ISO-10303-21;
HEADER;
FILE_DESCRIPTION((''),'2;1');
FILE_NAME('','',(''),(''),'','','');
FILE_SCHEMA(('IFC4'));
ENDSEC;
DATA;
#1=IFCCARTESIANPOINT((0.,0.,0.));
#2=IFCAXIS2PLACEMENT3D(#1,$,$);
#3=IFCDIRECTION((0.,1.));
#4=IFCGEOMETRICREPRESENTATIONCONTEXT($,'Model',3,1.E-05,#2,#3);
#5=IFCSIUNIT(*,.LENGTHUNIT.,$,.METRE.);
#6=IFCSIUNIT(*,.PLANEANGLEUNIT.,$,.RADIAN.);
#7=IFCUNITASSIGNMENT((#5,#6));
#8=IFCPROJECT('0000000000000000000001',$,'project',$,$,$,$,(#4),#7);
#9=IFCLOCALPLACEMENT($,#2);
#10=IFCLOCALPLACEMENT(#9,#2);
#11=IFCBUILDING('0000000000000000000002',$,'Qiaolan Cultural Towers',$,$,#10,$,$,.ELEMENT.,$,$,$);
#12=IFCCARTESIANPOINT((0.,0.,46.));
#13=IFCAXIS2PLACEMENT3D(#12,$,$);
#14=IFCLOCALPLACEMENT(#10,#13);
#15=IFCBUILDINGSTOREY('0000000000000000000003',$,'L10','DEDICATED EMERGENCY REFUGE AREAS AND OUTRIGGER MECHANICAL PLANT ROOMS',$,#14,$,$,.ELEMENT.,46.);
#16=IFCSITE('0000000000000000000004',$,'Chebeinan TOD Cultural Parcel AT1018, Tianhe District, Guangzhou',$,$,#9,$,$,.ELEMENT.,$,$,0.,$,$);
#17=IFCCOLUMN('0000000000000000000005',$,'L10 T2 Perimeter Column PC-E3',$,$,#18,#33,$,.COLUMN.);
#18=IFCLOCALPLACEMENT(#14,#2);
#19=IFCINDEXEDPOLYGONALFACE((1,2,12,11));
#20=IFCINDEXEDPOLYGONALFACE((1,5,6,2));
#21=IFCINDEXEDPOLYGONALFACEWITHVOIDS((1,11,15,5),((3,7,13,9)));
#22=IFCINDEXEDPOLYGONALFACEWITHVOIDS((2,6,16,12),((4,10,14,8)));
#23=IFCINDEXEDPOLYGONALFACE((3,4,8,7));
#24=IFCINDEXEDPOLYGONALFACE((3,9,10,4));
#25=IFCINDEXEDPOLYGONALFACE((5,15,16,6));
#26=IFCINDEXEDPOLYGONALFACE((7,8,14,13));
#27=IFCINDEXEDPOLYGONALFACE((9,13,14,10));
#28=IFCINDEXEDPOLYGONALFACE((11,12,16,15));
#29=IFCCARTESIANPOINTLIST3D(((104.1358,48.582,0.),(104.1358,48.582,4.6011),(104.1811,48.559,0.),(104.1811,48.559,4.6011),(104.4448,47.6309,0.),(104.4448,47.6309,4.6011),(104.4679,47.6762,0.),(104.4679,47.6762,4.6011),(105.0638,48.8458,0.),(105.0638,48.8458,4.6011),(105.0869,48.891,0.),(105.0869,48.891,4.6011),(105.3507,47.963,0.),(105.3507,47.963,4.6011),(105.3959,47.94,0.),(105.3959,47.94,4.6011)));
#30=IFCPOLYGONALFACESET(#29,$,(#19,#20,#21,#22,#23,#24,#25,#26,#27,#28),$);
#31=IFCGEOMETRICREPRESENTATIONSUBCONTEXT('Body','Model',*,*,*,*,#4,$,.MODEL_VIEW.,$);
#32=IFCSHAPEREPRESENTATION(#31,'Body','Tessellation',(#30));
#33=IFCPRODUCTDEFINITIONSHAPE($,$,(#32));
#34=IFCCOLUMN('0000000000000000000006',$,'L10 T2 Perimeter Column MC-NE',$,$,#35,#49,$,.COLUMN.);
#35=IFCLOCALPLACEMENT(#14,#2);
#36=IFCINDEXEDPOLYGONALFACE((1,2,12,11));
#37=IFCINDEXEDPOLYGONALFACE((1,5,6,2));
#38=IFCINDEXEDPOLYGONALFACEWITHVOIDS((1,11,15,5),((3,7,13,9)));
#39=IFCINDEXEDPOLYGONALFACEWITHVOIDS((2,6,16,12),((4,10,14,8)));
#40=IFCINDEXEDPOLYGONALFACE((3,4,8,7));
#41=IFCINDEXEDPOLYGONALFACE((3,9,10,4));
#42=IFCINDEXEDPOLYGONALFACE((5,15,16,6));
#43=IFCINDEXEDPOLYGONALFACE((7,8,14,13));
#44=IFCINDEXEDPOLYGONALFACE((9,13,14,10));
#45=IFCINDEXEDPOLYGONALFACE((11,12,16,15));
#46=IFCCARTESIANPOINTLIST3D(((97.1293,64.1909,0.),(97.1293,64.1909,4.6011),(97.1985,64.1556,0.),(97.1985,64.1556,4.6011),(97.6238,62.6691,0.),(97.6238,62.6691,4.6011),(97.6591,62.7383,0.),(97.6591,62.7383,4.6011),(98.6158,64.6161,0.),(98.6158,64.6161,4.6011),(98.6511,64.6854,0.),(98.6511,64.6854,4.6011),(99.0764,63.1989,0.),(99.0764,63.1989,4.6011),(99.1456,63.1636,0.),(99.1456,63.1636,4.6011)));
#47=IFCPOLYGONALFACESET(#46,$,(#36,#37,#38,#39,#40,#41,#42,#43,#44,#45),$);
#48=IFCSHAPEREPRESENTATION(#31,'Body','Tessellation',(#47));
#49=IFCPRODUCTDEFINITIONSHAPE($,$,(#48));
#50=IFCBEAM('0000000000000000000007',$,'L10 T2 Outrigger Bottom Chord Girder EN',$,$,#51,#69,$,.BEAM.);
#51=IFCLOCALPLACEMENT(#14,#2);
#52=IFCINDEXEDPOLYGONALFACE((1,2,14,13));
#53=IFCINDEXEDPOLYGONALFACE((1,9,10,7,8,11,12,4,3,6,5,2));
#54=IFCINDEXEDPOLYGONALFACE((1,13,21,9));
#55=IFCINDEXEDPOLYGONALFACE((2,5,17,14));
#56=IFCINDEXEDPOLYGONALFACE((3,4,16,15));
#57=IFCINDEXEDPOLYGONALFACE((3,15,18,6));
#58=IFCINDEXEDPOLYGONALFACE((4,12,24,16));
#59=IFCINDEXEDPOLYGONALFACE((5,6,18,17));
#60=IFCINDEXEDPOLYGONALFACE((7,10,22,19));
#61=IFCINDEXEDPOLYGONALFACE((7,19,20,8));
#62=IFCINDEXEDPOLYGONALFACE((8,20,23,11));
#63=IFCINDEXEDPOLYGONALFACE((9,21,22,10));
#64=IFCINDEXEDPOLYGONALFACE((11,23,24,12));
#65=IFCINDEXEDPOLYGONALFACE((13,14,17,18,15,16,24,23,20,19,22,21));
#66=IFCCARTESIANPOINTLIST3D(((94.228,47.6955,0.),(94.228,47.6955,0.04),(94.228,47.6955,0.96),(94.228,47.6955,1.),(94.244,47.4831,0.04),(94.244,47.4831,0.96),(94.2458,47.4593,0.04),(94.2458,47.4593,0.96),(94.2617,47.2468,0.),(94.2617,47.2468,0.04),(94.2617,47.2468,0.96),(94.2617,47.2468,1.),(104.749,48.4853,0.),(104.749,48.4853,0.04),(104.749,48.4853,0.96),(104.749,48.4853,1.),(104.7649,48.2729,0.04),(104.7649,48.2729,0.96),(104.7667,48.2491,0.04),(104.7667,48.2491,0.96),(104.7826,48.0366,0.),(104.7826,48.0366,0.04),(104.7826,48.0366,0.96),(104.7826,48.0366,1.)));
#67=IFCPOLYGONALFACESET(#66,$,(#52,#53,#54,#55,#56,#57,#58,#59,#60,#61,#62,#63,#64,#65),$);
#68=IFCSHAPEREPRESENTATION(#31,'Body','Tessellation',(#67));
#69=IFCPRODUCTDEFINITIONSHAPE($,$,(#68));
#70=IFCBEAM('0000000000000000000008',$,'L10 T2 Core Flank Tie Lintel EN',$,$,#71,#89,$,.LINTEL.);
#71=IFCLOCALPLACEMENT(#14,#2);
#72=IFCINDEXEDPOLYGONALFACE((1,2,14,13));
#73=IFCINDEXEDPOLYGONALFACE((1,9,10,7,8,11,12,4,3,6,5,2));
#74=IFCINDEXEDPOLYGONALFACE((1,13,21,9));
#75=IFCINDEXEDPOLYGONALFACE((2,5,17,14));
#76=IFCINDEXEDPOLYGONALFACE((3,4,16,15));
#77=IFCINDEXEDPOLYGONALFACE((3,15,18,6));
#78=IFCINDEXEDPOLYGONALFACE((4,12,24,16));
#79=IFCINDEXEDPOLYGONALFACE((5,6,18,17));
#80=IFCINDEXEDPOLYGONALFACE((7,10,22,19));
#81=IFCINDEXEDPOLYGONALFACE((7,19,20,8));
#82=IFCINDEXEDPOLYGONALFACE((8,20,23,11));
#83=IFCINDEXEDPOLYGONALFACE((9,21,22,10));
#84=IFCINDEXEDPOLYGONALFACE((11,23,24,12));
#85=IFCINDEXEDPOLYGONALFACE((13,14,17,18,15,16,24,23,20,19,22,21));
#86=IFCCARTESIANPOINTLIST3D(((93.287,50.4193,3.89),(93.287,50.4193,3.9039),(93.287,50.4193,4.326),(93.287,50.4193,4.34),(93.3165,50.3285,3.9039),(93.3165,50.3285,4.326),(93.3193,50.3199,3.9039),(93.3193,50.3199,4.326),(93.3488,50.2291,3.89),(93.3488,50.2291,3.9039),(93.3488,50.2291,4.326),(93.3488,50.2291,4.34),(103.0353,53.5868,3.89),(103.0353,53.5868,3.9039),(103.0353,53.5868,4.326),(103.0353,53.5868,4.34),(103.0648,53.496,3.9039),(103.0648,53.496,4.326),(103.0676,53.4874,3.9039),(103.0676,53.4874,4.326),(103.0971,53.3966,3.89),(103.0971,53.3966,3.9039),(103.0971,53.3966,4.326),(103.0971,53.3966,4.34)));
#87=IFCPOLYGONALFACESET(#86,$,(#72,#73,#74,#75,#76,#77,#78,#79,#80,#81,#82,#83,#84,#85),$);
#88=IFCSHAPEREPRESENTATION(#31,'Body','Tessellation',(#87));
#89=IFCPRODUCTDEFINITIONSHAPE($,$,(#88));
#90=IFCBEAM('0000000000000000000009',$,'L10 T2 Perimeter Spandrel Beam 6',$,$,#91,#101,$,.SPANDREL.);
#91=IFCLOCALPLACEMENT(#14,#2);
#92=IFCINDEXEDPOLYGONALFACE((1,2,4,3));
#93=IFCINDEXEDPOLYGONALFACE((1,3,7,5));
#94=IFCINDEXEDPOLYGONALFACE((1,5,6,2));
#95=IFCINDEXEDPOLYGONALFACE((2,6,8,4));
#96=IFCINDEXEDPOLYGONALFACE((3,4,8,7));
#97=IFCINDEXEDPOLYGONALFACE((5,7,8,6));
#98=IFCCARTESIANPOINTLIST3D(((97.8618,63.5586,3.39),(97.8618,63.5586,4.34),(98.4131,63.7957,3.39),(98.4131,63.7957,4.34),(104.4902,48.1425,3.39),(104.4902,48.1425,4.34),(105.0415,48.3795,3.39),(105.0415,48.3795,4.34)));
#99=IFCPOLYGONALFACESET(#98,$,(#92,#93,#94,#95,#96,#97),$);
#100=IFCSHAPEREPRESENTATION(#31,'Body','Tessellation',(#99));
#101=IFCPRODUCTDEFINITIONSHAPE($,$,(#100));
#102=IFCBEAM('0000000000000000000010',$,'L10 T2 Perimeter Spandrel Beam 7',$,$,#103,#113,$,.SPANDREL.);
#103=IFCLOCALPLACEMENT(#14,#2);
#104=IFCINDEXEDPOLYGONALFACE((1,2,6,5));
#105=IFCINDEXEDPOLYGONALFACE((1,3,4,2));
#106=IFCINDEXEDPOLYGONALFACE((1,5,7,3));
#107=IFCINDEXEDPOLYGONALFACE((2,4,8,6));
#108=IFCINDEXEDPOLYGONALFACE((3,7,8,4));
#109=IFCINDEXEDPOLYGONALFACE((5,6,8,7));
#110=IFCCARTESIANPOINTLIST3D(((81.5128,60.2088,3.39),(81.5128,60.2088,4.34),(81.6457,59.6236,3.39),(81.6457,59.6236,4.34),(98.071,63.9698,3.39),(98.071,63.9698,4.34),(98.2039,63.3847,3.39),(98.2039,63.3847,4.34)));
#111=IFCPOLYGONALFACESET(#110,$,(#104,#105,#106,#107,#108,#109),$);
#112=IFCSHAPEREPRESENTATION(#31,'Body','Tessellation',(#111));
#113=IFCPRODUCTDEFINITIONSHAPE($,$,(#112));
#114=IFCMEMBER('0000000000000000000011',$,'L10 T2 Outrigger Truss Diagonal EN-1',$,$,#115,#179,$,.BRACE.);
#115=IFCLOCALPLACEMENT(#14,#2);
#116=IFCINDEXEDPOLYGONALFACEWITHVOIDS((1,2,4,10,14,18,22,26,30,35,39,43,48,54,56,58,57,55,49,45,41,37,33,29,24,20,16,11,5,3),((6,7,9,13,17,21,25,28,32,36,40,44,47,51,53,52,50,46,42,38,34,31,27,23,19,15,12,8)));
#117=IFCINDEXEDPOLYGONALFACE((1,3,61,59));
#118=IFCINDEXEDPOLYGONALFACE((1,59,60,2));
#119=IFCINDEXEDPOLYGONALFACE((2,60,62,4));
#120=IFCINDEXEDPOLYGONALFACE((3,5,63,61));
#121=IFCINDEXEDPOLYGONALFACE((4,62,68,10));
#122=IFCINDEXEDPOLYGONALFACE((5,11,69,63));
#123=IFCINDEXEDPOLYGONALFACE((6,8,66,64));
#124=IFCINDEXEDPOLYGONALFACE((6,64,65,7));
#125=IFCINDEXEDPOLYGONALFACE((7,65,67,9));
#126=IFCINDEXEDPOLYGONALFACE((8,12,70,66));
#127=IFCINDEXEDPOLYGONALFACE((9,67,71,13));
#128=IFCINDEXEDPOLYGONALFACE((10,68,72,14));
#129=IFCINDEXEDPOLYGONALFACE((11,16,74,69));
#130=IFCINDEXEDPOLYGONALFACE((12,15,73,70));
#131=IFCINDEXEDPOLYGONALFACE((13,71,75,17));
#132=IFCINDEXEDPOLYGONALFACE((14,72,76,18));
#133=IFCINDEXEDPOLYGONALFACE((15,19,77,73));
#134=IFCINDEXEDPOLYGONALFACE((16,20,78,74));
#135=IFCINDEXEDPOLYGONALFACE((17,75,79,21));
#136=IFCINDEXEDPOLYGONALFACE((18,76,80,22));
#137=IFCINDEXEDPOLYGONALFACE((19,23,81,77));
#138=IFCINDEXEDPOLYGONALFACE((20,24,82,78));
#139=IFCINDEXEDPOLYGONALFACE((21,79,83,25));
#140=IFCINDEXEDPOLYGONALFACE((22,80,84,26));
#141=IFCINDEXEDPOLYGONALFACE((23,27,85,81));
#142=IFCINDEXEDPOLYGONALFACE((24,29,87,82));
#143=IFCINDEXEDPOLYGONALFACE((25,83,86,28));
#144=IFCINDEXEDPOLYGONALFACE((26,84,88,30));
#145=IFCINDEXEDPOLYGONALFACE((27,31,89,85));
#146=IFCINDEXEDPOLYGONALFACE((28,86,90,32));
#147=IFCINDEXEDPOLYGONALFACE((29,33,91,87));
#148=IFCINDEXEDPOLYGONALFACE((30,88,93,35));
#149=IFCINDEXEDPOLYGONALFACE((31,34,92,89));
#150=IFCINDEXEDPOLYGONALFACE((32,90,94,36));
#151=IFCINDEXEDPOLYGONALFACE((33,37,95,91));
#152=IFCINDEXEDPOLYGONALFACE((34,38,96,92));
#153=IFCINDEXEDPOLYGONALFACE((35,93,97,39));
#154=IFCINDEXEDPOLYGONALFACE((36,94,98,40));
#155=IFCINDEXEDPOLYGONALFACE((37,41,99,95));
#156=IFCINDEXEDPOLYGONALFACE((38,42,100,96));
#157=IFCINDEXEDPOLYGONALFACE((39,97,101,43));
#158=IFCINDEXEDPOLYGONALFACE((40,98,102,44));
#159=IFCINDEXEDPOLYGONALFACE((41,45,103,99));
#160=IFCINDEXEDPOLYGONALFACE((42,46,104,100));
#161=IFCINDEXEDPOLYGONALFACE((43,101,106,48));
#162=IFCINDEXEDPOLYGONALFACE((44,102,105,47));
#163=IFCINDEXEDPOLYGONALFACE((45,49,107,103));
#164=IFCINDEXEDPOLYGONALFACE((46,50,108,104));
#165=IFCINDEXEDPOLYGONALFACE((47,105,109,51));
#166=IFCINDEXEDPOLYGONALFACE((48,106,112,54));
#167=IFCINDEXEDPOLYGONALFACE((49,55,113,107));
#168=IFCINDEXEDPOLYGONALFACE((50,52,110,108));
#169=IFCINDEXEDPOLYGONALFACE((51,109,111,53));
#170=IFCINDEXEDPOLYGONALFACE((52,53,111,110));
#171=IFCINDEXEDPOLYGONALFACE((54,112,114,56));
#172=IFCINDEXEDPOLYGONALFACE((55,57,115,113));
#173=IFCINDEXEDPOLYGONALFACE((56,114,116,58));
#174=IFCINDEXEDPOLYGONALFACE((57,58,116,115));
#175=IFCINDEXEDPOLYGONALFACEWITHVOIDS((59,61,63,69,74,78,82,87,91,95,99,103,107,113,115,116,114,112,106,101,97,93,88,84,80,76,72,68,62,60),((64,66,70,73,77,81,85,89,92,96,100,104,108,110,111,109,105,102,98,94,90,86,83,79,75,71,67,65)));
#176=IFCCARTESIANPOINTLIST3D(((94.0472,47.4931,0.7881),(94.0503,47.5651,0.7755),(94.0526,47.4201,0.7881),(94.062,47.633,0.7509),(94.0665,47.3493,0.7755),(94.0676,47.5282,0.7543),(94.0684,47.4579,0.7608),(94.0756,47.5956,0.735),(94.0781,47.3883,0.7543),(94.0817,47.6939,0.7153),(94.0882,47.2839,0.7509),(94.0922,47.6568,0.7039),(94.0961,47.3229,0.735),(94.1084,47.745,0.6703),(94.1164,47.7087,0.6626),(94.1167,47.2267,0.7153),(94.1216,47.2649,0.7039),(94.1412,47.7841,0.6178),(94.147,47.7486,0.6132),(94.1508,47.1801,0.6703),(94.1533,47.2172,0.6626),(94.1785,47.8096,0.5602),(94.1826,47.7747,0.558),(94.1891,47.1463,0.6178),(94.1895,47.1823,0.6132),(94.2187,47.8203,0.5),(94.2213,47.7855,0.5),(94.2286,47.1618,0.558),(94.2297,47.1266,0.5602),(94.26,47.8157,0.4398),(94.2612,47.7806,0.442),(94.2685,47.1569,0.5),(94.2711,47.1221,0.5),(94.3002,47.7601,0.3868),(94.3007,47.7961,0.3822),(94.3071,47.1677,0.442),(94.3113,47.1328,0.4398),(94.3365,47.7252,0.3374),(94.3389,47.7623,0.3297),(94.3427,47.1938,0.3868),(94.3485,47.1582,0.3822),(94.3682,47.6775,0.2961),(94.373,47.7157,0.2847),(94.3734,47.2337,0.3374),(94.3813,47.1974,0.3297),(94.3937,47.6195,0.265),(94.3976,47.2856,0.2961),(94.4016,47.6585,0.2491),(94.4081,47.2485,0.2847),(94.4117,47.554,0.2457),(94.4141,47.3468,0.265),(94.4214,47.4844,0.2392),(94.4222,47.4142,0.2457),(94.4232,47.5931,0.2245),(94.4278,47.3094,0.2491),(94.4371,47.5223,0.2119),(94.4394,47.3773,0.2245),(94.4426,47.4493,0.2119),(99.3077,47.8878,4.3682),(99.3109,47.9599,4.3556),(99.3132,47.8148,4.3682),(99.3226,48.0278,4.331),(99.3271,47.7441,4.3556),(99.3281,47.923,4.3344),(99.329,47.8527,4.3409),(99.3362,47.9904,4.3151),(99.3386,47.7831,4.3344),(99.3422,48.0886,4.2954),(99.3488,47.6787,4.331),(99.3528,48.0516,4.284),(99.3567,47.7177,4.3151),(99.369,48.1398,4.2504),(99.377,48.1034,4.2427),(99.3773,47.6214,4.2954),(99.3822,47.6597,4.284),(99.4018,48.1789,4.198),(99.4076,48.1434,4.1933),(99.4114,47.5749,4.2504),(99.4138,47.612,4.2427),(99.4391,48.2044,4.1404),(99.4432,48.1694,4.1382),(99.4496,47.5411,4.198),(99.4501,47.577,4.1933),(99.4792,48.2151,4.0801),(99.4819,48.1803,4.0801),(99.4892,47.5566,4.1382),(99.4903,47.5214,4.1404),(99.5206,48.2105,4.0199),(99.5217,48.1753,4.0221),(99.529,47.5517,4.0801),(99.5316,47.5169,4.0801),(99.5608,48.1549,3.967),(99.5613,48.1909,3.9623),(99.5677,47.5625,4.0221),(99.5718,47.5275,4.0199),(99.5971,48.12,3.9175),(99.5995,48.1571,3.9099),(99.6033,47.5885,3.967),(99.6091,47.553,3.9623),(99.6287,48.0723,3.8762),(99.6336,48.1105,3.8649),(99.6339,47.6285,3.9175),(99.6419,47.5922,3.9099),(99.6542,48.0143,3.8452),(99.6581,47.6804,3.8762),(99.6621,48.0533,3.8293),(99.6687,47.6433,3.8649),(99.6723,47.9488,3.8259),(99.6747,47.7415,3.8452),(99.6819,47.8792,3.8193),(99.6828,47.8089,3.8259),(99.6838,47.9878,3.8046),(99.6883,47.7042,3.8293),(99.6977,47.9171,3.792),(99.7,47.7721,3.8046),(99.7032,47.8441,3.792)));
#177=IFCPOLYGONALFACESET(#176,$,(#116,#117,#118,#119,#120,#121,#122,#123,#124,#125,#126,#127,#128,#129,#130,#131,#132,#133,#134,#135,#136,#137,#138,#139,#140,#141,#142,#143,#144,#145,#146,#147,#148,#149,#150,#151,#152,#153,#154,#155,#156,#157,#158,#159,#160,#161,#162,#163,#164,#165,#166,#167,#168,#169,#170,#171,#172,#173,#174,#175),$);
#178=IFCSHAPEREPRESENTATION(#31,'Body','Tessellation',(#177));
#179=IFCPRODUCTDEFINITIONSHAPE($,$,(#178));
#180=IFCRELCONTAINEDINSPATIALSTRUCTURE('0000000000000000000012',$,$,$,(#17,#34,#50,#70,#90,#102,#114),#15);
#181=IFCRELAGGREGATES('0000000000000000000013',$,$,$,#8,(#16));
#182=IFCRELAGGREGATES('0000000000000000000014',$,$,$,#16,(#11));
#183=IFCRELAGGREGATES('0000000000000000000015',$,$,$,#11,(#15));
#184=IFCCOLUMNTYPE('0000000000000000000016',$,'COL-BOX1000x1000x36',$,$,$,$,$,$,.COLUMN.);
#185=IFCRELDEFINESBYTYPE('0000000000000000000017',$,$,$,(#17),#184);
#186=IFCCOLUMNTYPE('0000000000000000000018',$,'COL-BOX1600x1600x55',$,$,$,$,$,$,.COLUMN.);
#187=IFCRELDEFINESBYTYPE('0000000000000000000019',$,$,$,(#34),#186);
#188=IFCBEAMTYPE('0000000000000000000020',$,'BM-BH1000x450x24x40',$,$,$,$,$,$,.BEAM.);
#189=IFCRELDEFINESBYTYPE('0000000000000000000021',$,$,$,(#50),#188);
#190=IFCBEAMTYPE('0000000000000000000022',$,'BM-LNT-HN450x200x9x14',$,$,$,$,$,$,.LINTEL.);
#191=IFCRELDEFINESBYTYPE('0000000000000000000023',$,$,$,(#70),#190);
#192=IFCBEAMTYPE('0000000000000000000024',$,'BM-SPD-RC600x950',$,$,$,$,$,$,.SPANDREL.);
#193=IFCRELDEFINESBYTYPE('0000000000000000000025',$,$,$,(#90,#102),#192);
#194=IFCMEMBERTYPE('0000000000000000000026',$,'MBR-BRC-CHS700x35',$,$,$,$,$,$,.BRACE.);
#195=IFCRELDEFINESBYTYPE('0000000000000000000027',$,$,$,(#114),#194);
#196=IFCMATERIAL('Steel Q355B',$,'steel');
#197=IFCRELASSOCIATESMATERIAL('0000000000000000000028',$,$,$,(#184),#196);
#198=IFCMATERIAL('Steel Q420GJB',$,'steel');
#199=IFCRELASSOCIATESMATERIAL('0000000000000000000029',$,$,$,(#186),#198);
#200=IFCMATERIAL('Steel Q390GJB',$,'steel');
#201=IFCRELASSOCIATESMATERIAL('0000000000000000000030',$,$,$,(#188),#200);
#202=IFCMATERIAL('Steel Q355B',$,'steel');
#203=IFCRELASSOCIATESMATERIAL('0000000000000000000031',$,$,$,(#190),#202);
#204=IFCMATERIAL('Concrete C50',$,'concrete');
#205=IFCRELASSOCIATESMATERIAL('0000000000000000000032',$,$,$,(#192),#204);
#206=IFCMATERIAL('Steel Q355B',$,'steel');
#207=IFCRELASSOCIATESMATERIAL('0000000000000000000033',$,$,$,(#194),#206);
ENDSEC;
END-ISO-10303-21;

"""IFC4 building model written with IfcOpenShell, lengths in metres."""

from ifc_helpers import new_model, si_unit, direction, frame, origin, origin_2d, place, context, subcontext, project, spatial, rectangle, hollow_rectangle, hollow_circle, i_section, extrude, material, material_profile, profile_set, type_object, element, save


model = new_model("IFC4")

# Units and contexts
model_context = context("Model", 3, precision=1e-05, world=origin(), true_north=direction((0.0, 1.0)))
body_context = subcontext(model_context, "Body", "Model", "MODEL_VIEW")
ifc_project = project(units=[si_unit("LENGTHUNIT", "METRE"), si_unit("PLANEANGLEUNIT", "RADIAN")], contexts=[model_context])

# Site, building, storey
site_placement = place(None, origin())
site = spatial("IfcSite", under=ifc_project, at=site_placement, Name="Chebeinan TOD Cultural Parcel AT1018, Tianhe District, Guangzhou", CompositionType="ELEMENT", RefElevation=0.0)
building_placement = place(site_placement, origin())
building = spatial("IfcBuilding", under=site, at=building_placement, Name="Qiaolan Cultural Towers", CompositionType="ELEMENT")
storey_placement = place(building_placement, frame((0.0, 0.0, 46.0)))
storey = spatial("IfcBuildingStorey", under=building, at=storey_placement, Name="L10", Description="DEDICATED EMERGENCY REFUGE AREAS AND OUTRIGGER MECHANICAL PLANT ROOMS", CompositionType="ELEMENT", Elevation=46.0)

# Columns
ifc_material_1 = material(Name="Steel Q355B", Category="steel")
ifc_material_profile_1 = material_profile(ifc_material_1, hollow_rectangle(XDim=1.0, YDim=1.0, WallThickness=0.0359, at=origin_2d()), Name="BOX1000x1000x36")
ifc_profile_set_1 = profile_set([ifc_material_profile_1], Name="Steel Q355B")
column_type_1 = type_object("IfcColumnType", Name="COL-BOX1000x1000x36", PredefinedType="COLUMN", material=ifc_profile_set_1)
column_1_placement = place(storey_placement, frame((104.7659, 48.261, 0.0), z_axis=(0.0, 0.0, 1.0), x_axis=(0.951057, 0.309017, 0.0)))
element("IfcColumn", 1, at=column_1_placement, inside=storey, type_object=column_type_1, Name="L10 T2 Perimeter Column PC-E3", PredefinedType="COLUMN", context=body_context, shape_type="SweptSolid", body=[
    extrude(hollow_rectangle(XDim=1.0, YDim=1.0, WallThickness=0.0359, at=origin_2d()), origin(), (0.0, 0.0, 1.0), 4.6011),
])
ifc_material_2 = material(Name="Steel Q420GJB", Category="steel")
ifc_material_profile_2 = material_profile(ifc_material_2, hollow_rectangle(XDim=1.6001, YDim=1.6001, WallThickness=0.0549, at=origin_2d()), Name="BOX1600x1600x55")
ifc_profile_set_2 = profile_set([ifc_material_profile_2], Name="Steel Q420GJB")
column_type_2 = type_object("IfcColumnType", Name="COL-BOX1600x1600x55", PredefinedType="COLUMN", material=ifc_profile_set_2)
column_2_placement = place(storey_placement, frame((98.1375, 63.6772, 0.0), z_axis=(0.0, 0.0, 1.0), x_axis=(0.951057, 0.309017, 0.0)))
element("IfcColumn", 2, at=column_2_placement, inside=storey, type_object=column_type_2, Name="L10 T2 Perimeter Column MC-NE", PredefinedType="COLUMN", context=body_context, shape_type="SweptSolid", body=[
    extrude(hollow_rectangle(XDim=1.6001, YDim=1.6001, WallThickness=0.0549, at=origin_2d()), origin(), (0.0, 0.0, 1.0), 4.6011),
])

# Beams
ifc_material_3 = material(Name="Steel Q390GJB", Category="steel")
ifc_material_profile_3 = material_profile(ifc_material_3, i_section(OverallWidth=0.45, OverallDepth=1.0, WebThickness=0.0239, FlangeThickness=0.04, at=origin_2d()), Name="BH1000x450x24x40")
ifc_profile_set_3 = profile_set([ifc_material_profile_3], Name="Steel Q390GJB")
beam_type_1 = type_object("IfcBeamType", Name="BM-BH1000x450x24x40", PredefinedType="BEAM", material=ifc_profile_set_3)
beam_1_placement = place(storey_placement, frame((94.2449, 47.4712, 0.5), z_axis=(0.997194, 0.074858, 0.0), x_axis=(-0.074858, 0.997194, 0.0)))
element("IfcBeam", 3, at=beam_1_placement, inside=storey, type_object=beam_type_1, Name="L10 T2 Outrigger Bottom Chord Girder EN", PredefinedType="BEAM", context=body_context, shape_type="SweptSolid", body=[
    extrude(i_section(OverallWidth=0.45, OverallDepth=1.0, WebThickness=0.0239, FlangeThickness=0.04, at=origin_2d()), origin(), (0.0, 0.0, 1.0), 10.5505),
])
ifc_material_4 = material(Name="Steel Q355B", Category="steel")
ifc_material_profile_4 = material_profile(ifc_material_4, i_section(OverallWidth=0.2, OverallDepth=0.45, WebThickness=0.009, FlangeThickness=0.0139, at=origin_2d()), Name="HN450x200x9x14")
ifc_profile_set_4 = profile_set([ifc_material_profile_4], Name="Steel Q355B")
beam_type_2 = type_object("IfcBeamType", Name="BM-LNT-HN450x200x9x14", PredefinedType="LINTEL", material=ifc_profile_set_4)
beam_2_placement = place(storey_placement, frame((93.3179, 50.3242, 4.115), z_axis=(0.951055, 0.309023, 0.0), x_axis=(-0.309023, 0.951055, 0.0)))
element("IfcBeam", 4, at=beam_2_placement, inside=storey, type_object=beam_type_2, Name="L10 T2 Core Flank Tie Lintel EN", PredefinedType="LINTEL", context=body_context, shape_type="SweptSolid", body=[
    extrude(i_section(OverallWidth=0.2, OverallDepth=0.45, WebThickness=0.009, FlangeThickness=0.0139, at=origin_2d()), origin(), (0.0, 0.0, 1.0), 10.25),
])
ifc_material_5 = material(Name="Concrete C50", Category="concrete")
ifc_material_profile_5 = material_profile(ifc_material_5, rectangle(XDim=0.6001, YDim=0.95, at=origin_2d()), Name="RC600x950")
ifc_profile_set_5 = profile_set([ifc_material_profile_5], Name="Concrete C50")
beam_type_3 = type_object("IfcBeamType", Name="BM-SPD-RC600x950", PredefinedType="SPANDREL", material=ifc_profile_set_5)
beam_3_placement = place(storey_placement, frame((104.7659, 48.261, 3.865), z_axis=(-0.394999, 0.918682, 0.0), x_axis=(-0.918682, -0.394999, 0.0)))
element("IfcBeam", 5, at=beam_3_placement, inside=storey, type_object=beam_type_3, Name="L10 T2 Perimeter Spandrel Beam 6", PredefinedType="SPANDREL", context=body_context, shape_type="SweptSolid", body=[
    extrude(rectangle(XDim=0.6001, YDim=0.95, at=origin_2d()), origin(), (0.0, 0.0, 1.0), 16.7808),
])
beam_4_placement = place(storey_placement, frame((98.1375, 63.6772, 3.865), z_axis=(-0.975161, -0.221497, 0.0), x_axis=(0.221497, -0.975161, 0.0)))
element("IfcBeam", 6, at=beam_4_placement, inside=storey, type_object=beam_type_3, Name="L10 T2 Perimeter Spandrel Beam 7", PredefinedType="SPANDREL", context=body_context, shape_type="SweptSolid", body=[
    extrude(rectangle(XDim=0.6001, YDim=0.95, at=origin_2d()), origin(), (0.0, 0.0, 1.0), 16.98),
])

# Member
ifc_material_6 = material(Name="Steel Q355B", Category="steel")
ifc_material_profile_6 = material_profile(ifc_material_6, hollow_circle(Radius=0.3501, WallThickness=0.0349, at=origin_2d()), Name="CHS700x35")
ifc_profile_set_6 = profile_set([ifc_material_profile_6], Name="Steel Q355B")
member_type_1 = type_object("IfcMemberType", Name="MBR-BRC-CHS700x35", PredefinedType="BRACE", material=ifc_profile_set_6)
for number, where, z_axis, x_axis, name in (
    (7, (94.2449, 47.4712, 0.5), (0.825125, 0.061922, 0.561546), (-0.074835, 0.997196, 0.0), "L10 T2 Outrigger Truss Diagonal EN-1"),
):
    element("IfcMember", number, at=place(storey_placement, frame(where, z_axis=z_axis, x_axis=x_axis)), inside=storey, type_object=member_type_1, Name=name, PredefinedType="BRACE", context=body_context, shape_type="SweptSolid", body=[
        extrude(hollow_circle(Radius=0.3501, WallThickness=0.0349, at=origin_2d()), origin(), (0.0, 0.0, 1.0), 6.3755),
    ])

save(model, "model.ifc")
